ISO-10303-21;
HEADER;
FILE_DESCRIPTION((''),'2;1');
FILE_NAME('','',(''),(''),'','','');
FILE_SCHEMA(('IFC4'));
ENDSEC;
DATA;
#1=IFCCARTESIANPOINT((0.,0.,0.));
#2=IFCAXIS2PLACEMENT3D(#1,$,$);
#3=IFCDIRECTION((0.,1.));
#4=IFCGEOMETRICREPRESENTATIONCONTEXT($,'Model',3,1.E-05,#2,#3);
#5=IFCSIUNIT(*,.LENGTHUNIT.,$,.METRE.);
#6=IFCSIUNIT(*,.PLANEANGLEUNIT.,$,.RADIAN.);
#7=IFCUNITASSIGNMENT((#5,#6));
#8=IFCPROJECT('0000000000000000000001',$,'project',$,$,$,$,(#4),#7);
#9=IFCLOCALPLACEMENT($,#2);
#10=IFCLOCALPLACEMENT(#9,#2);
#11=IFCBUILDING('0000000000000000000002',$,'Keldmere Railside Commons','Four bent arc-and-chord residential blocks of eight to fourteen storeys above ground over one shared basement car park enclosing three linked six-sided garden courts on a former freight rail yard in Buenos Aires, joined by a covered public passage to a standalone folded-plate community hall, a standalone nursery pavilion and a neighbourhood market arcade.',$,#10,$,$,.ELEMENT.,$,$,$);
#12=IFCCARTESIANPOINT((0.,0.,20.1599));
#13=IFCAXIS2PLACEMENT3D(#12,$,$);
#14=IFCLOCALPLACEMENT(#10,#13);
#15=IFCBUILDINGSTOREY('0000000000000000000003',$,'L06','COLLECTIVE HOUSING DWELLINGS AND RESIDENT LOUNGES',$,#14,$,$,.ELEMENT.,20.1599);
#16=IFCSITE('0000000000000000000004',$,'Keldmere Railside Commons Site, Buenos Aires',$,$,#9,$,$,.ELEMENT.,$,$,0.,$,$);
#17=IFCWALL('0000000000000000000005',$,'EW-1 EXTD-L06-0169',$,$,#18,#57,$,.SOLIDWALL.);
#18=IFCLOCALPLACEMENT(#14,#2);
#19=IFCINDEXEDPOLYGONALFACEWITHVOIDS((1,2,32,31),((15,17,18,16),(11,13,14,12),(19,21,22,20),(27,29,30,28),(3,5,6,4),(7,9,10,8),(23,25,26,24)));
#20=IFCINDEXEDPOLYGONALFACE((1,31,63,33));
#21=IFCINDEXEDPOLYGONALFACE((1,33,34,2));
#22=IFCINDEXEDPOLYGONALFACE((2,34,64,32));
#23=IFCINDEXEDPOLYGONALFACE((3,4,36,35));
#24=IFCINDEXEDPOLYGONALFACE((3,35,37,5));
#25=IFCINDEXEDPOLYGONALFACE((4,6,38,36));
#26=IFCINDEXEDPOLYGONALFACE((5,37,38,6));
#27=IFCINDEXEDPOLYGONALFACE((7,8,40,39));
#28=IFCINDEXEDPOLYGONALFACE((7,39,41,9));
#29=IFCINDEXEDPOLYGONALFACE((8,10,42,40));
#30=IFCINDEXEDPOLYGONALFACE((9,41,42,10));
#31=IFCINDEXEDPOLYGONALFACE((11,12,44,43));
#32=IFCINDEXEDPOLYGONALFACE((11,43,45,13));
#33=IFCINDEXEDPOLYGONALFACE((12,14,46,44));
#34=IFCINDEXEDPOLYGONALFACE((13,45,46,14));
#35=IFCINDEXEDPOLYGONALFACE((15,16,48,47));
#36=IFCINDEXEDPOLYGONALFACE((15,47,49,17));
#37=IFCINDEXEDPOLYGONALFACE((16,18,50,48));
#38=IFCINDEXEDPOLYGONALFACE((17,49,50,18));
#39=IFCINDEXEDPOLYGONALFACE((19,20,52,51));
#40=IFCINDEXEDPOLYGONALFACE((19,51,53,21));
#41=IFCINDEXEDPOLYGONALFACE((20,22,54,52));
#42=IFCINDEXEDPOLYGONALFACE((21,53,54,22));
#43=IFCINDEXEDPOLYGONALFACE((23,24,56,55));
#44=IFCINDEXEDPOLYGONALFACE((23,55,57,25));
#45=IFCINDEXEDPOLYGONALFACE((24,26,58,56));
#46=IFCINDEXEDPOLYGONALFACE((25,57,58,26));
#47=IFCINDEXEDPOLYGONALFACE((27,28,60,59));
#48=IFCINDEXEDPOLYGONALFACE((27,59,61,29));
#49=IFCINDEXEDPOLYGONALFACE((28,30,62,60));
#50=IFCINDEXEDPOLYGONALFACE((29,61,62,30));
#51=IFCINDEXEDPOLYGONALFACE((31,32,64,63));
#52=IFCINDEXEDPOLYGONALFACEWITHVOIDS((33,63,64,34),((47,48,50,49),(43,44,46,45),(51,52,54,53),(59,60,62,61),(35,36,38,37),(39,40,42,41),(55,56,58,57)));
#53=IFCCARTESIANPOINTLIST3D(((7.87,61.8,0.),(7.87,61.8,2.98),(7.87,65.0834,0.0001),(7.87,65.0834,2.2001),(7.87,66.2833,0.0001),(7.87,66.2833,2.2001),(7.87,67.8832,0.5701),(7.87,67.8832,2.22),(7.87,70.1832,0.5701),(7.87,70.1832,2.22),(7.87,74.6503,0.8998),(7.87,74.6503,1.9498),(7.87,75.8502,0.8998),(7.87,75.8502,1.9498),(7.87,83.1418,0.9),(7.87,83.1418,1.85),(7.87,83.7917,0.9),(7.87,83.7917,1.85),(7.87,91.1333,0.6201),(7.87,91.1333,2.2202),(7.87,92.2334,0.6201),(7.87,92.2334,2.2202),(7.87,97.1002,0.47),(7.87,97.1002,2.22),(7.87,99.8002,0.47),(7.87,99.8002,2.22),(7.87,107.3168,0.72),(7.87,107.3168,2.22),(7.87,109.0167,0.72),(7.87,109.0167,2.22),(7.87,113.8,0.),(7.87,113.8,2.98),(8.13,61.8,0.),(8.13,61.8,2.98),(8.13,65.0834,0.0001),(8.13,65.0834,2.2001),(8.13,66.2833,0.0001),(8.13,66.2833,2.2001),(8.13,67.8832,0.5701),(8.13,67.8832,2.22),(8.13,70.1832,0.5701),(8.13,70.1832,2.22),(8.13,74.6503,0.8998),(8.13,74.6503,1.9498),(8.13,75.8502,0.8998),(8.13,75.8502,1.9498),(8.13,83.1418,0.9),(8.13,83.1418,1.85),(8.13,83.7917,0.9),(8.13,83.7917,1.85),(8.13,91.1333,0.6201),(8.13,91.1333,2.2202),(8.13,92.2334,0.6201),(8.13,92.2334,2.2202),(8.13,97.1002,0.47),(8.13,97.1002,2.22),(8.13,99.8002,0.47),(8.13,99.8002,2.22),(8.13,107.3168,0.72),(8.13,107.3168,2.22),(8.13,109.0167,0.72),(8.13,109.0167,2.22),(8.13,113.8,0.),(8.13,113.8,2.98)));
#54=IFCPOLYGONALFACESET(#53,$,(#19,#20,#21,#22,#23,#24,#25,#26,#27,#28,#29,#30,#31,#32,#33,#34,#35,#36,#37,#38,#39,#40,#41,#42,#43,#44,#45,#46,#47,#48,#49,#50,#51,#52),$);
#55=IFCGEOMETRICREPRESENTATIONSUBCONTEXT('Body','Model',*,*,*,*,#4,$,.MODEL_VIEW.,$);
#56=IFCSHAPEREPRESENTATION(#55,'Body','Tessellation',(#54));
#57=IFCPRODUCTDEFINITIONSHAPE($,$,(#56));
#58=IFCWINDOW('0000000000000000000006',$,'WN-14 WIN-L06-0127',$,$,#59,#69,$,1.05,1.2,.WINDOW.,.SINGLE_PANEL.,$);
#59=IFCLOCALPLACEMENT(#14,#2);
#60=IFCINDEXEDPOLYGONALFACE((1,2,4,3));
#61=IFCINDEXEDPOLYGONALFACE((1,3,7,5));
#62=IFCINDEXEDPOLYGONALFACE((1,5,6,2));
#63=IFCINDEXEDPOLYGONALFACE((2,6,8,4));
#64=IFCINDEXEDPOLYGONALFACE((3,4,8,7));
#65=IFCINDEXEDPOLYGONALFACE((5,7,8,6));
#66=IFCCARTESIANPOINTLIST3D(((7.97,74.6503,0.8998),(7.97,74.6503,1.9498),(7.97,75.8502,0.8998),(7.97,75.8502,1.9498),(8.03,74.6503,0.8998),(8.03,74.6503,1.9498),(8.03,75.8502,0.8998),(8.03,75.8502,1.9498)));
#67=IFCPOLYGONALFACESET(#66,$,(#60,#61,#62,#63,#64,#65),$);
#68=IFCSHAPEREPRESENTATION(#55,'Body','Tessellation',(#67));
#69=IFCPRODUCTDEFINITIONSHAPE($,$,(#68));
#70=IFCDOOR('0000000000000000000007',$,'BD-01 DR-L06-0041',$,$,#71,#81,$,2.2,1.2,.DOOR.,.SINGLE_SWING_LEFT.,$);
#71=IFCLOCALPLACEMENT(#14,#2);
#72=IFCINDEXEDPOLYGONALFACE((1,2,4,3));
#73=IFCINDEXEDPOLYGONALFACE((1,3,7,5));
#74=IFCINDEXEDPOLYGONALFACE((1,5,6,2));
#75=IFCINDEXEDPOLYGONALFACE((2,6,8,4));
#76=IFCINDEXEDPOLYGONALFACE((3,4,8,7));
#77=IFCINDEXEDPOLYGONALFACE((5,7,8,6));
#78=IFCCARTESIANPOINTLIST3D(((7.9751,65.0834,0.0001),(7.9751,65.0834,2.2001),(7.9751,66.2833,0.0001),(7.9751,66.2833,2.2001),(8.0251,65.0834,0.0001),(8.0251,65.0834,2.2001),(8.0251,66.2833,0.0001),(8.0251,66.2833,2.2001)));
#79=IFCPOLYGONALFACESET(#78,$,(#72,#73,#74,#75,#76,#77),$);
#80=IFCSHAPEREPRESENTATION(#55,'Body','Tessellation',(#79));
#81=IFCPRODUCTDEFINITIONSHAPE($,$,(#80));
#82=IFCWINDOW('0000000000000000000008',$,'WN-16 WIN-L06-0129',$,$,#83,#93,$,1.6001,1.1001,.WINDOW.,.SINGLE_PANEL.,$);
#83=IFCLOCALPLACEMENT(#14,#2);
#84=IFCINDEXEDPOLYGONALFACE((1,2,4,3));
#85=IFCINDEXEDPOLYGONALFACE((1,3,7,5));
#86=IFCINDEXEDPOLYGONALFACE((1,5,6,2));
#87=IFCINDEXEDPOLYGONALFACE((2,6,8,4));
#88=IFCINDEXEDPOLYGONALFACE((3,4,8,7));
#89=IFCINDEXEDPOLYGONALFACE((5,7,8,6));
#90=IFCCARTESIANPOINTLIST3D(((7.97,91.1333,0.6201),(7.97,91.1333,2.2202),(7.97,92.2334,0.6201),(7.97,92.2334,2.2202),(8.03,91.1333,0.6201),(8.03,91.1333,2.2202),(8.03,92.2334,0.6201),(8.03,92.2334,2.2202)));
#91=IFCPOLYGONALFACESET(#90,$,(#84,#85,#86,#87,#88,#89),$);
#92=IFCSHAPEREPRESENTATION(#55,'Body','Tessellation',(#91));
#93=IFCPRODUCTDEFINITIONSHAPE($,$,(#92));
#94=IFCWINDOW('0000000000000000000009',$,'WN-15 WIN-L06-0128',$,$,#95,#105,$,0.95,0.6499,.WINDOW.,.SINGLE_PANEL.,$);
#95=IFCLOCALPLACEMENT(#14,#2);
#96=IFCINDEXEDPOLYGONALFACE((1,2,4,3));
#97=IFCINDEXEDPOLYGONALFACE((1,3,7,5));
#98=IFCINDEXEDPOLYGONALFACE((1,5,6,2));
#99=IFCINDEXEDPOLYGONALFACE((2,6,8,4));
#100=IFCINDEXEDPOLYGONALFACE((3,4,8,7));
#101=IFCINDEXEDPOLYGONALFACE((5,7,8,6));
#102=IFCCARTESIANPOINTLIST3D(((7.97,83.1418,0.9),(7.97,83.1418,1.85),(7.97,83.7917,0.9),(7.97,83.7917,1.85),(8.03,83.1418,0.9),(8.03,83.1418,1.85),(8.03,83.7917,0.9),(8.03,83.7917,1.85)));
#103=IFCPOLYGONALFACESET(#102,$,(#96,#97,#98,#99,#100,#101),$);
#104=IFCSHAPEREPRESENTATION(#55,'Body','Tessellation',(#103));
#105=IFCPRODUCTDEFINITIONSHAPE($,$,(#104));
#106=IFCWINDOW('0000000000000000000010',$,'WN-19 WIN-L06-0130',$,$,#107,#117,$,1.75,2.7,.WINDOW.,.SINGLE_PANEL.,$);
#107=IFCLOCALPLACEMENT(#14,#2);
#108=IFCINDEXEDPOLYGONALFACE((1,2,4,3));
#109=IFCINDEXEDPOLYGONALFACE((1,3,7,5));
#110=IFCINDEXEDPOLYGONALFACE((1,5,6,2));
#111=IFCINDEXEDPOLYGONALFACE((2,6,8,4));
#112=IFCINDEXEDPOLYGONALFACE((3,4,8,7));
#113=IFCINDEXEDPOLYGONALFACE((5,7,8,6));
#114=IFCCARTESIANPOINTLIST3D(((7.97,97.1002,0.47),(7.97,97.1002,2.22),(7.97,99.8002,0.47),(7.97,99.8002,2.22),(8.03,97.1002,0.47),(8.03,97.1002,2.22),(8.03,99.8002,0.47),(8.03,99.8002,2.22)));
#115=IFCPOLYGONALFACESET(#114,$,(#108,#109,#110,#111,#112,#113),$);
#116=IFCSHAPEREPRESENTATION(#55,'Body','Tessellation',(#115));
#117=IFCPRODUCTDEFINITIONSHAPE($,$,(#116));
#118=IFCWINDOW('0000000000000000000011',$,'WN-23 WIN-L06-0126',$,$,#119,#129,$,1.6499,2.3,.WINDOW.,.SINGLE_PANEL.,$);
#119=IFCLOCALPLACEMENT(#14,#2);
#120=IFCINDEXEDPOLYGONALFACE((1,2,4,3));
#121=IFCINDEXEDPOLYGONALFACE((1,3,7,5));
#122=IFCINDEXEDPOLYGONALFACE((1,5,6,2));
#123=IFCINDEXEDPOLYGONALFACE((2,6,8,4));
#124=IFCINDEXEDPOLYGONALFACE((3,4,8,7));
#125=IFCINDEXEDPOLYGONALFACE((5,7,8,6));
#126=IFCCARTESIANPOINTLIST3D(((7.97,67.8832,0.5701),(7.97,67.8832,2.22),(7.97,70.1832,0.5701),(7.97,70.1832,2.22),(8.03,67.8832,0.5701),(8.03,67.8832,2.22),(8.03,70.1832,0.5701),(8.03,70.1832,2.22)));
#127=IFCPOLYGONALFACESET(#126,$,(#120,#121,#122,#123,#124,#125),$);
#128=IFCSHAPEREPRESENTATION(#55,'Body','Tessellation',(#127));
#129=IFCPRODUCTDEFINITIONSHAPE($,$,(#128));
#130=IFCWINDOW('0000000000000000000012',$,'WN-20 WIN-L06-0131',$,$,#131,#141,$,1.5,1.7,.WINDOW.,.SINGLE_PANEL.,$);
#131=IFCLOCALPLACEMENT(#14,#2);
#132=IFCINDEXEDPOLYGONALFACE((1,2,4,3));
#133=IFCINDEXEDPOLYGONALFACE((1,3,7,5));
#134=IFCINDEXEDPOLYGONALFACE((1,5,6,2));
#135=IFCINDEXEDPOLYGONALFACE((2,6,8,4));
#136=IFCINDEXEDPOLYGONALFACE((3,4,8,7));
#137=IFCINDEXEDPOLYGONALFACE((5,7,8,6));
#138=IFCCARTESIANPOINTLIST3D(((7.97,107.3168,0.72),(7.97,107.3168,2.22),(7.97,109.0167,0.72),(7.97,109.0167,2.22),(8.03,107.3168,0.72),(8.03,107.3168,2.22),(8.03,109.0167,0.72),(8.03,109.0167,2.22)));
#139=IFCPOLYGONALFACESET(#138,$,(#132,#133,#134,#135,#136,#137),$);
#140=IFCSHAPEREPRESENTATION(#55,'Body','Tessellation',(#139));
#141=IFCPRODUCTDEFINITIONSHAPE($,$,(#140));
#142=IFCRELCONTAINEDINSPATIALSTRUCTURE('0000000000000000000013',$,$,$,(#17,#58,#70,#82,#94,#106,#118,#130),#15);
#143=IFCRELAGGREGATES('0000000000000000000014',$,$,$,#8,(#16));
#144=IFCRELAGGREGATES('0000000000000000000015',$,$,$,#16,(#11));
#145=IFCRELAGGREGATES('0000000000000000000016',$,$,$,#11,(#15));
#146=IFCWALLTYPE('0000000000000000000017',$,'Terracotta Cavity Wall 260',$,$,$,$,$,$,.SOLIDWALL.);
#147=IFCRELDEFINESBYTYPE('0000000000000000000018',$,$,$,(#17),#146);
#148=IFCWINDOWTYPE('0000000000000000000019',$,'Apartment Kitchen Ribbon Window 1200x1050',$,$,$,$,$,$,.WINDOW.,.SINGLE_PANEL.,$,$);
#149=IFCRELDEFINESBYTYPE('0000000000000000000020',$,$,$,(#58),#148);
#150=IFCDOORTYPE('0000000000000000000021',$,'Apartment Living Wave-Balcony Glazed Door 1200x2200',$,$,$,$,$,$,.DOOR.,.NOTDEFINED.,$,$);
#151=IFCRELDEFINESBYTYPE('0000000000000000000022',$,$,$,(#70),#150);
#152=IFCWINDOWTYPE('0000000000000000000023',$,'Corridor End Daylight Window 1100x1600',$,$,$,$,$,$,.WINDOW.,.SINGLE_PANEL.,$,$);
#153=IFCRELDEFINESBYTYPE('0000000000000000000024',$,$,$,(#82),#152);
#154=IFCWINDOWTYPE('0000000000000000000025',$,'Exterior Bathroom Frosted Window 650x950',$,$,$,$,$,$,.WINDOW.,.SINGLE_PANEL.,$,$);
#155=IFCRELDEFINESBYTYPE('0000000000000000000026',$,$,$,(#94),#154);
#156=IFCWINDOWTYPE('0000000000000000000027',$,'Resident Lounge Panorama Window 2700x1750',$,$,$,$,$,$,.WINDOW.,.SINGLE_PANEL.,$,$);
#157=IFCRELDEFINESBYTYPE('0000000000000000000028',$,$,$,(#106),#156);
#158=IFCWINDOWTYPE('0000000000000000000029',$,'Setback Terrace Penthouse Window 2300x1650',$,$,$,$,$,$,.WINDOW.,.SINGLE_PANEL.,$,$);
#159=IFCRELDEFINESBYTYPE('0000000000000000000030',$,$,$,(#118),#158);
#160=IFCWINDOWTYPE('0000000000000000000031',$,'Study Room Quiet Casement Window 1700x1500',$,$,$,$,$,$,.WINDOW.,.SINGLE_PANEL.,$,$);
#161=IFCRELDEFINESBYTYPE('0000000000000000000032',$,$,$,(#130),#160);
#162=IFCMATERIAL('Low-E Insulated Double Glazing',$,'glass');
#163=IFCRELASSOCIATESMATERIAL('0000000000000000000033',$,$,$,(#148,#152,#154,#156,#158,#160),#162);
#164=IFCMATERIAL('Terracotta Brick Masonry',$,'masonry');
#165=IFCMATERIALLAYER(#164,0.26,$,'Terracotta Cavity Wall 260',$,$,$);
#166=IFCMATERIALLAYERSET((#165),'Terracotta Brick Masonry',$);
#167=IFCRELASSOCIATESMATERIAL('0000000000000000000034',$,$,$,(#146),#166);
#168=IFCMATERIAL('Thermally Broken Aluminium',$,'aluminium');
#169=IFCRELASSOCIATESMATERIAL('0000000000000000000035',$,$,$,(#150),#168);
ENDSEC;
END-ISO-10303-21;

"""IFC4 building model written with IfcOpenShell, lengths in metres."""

from ifc_helpers import new_model, si_unit, direction, frame, frame_2d, origin, place, context, subcontext, project, spatial, rectangle, extrude, material, layer, layer_set, type_object, element, fill, save


model = new_model("IFC4")

# Units and contexts
model_context = context("Model", 3, precision=1e-05, world=origin(), true_north=direction((0.0, 1.0)))
body_context = subcontext(model_context, "Body", "Model", "MODEL_VIEW")
ifc_project = project(units=[si_unit("LENGTHUNIT", "METRE"), si_unit("PLANEANGLEUNIT", "RADIAN")], contexts=[model_context])

# Site, building, storey
site_placement = place(None, origin())
site = spatial("IfcSite", under=ifc_project, at=site_placement, Name="Keldmere Railside Commons Site, Buenos Aires", CompositionType="ELEMENT", RefElevation=0.0)
building_placement = place(site_placement, origin())
building = spatial("IfcBuilding", under=site, at=building_placement, Name="Keldmere Railside Commons", Description="Four bent arc-and-chord residential blocks of eight to fourteen storeys above ground over one shared basement car park enclosing three linked six-sided garden courts on a former freight rail yard in Buenos Aires, joined by a covered public passage to a standalone folded-plate community hall, a standalone nursery pavilion and a neighbourhood market arcade.", CompositionType="ELEMENT")
storey_placement = place(building_placement, frame((0.0, 0.0, 20.1599)))
storey = spatial("IfcBuildingStorey", under=building, at=storey_placement, Name="L06", Description="COLLECTIVE HOUSING DWELLINGS AND RESIDENT LOUNGES", CompositionType="ELEMENT", Elevation=20.1599)

# Shared definitions
ifc_material_1 = material(Name="Low-E Insulated Double Glazing", Category="glass")
window_type_1 = type_object("IfcWindowType", Name="Apartment Kitchen Ribbon Window 1200x1050", PartitioningType="SINGLE_PANEL", PredefinedType="WINDOW", material=ifc_material_1)
ifc_material_2 = material(Name="Thermally Broken Aluminium", Category="aluminium")

# Wall, openings, windows, door
ifc_material_3 = material(Name="Terracotta Brick Masonry", Category="masonry")
ifc_layer_1 = layer(ifc_material_3, 0.26, Name="Terracotta Cavity Wall 260")
ifc_layer_set_1 = layer_set([ifc_layer_1], Name="Terracotta Brick Masonry")
wall_type_1 = type_object("IfcWallType", Name="Terracotta Cavity Wall 260", PredefinedType="SOLIDWALL", material=ifc_layer_set_1)
wall_1_placement = place(storey_placement, frame((8.0, 61.8, 0.0), z_axis=(0.0, 0.0, 1.0), x_axis=(0.0, 1.0, 0.0)))
wall_1 = element("IfcWall", 1, at=wall_1_placement, inside=storey, type_object=wall_type_1, Name="EW-1 EXTD-L06-0169", PredefinedType="SOLIDWALL", context=body_context, shape_type="SweptSolid", body=[
    extrude(rectangle(XDim=52.0, YDim=0.26, at=frame_2d((26.0, 0.0))), origin(), (0.0, 0.0, 1.0), 2.98),
])
opening_1_placement = place(wall_1_placement, frame((3.2832, 0.0, 0.0)))
opening_1 = element("IfcOpeningElement", 2, at=opening_1_placement, cuts=wall_1, PredefinedType="OPENING", context=body_context, shape_type="SweptSolid", body=[
    extrude(rectangle(XDim=1.2, YDim=2.2, at=frame_2d((0.6001, 1.1001))), frame((0.0, 0.1399, 0.0), z_axis=(0.0, -1.0, 0.0), x_axis=(1.0, 0.0, 0.0)), (0.0, 0.0, 1.0), 0.28),
])
opening_2_placement = place(wall_1_placement, frame((6.0833, 0.0, 0.5701)))
opening_2 = element("IfcOpeningElement", 3, at=opening_2_placement, cuts=wall_1, PredefinedType="OPENING", context=body_context, shape_type="SweptSolid", body=[
    extrude(rectangle(XDim=2.3, YDim=1.6499, at=frame_2d((1.1499, 0.825))), frame((0.0, 0.1399, 0.0), z_axis=(0.0, -1.0, 0.0), x_axis=(1.0, 0.0, 0.0)), (0.0, 0.0, 1.0), 0.28),
])
opening_3_placement = place(wall_1_placement, frame((12.8501, 0.0, 0.8999)))
opening_3 = element("IfcOpeningElement", 4, at=opening_3_placement, cuts=wall_1, PredefinedType="OPENING", context=body_context, shape_type="SweptSolid", body=[
    extrude(rectangle(XDim=1.2, YDim=1.05, at=frame_2d((0.6001, 0.5249))), frame((0.0, 0.1399, 0.0), z_axis=(0.0, -1.0, 0.0), x_axis=(1.0, 0.0, 0.0)), (0.0, 0.0, 1.0), 0.28),
])
opening_4_placement = place(wall_1_placement, frame((21.3418, 0.0, 0.8999)))
opening_4 = element("IfcOpeningElement", 5, at=opening_4_placement, cuts=wall_1, PredefinedType="OPENING", context=body_context, shape_type="SweptSolid", body=[
    extrude(rectangle(XDim=0.6499, YDim=0.95, at=frame_2d((0.325, 0.4751))), frame((0.0, 0.1399, 0.0), z_axis=(0.0, -1.0, 0.0), x_axis=(1.0, 0.0, 0.0)), (0.0, 0.0, 1.0), 0.28),
])
opening_5_placement = place(wall_1_placement, frame((29.3333, 0.0, 0.6201)))
opening_5 = element("IfcOpeningElement", 6, at=opening_5_placement, cuts=wall_1, PredefinedType="OPENING", context=body_context, shape_type="SweptSolid", body=[
    extrude(rectangle(XDim=1.1001, YDim=1.6001, at=frame_2d((0.55, 0.8))), frame((0.0, 0.1399, 0.0), z_axis=(0.0, -1.0, 0.0), x_axis=(1.0, 0.0, 0.0)), (0.0, 0.0, 1.0), 0.28),
])
opening_6_placement = place(wall_1_placement, frame((35.3, 0.0, 0.47)))
opening_6 = element("IfcOpeningElement", 7, at=opening_6_placement, cuts=wall_1, PredefinedType="OPENING", context=body_context, shape_type="SweptSolid", body=[
    extrude(rectangle(XDim=2.7, YDim=1.75, at=frame_2d((1.3501, 0.875))), frame((0.0, 0.1399, 0.0), z_axis=(0.0, -1.0, 0.0), x_axis=(1.0, 0.0, 0.0)), (0.0, 0.0, 1.0), 0.28),
])
opening_7_placement = place(wall_1_placement, frame((45.5166, 0.0, 0.72)))
opening_7 = element("IfcOpeningElement", 8, at=opening_7_placement, cuts=wall_1, PredefinedType="OPENING", context=body_context, shape_type="SweptSolid", body=[
    extrude(rectangle(XDim=1.7, YDim=1.5, at=frame_2d((0.8501, 0.75))), frame((0.0, 0.1399, 0.0), z_axis=(0.0, -1.0, 0.0), x_axis=(1.0, 0.0, 0.0)), (0.0, 0.0, 1.0), 0.28),
])
window_1_placement = place(opening_3_placement, origin())
window_1 = element("IfcWindow", 9, at=window_1_placement, inside=storey, type_object=window_type_1, Name="WN-14 WIN-L06-0127", OverallHeight=1.05, OverallWidth=1.2, PartitioningType="SINGLE_PANEL", PredefinedType="WINDOW", context=body_context, shape_type="SweptSolid", body=[
    extrude(rectangle(XDim=1.2, YDim=1.05, at=frame_2d((0.6001, 0.5249))), frame((0.0, 0.03, 0.0), z_axis=(0.0, -1.0, 0.0), x_axis=(1.0, 0.0, 0.0)), (0.0, 0.0, 1.0), 0.0601),
])
fill(opening_3, window_1)
door_type_1 = type_object("IfcDoorType", Name="Apartment Living Wave-Balcony Glazed Door 1200x2200", OperationType="NOTDEFINED", PredefinedType="DOOR", material=ifc_material_2)
door_1_placement = place(opening_1_placement, origin())
door_1 = element("IfcDoor", 10, at=door_1_placement, inside=storey, type_object=door_type_1, Name="BD-01 DR-L06-0041", OperationType="SINGLE_SWING_LEFT", OverallHeight=2.2, OverallWidth=1.2, PredefinedType="DOOR", context=body_context, shape_type="SweptSolid", body=[
    extrude(rectangle(XDim=1.2, YDim=2.2, at=frame_2d((0.6001, 1.1001))), frame((0.0, 0.0249, 0.0), z_axis=(0.0, -1.0, 0.0), x_axis=(1.0, 0.0, 0.0)), (0.0, 0.0, 1.0), 0.05),
])
fill(opening_1, door_1)
window_type_2 = type_object("IfcWindowType", Name="Corridor End Daylight Window 1100x1600", PartitioningType="SINGLE_PANEL", PredefinedType="WINDOW", material=ifc_material_1)
window_2_placement = place(opening_5_placement, origin())
window_2 = element("IfcWindow", 11, at=window_2_placement, inside=storey, type_object=window_type_2, Name="WN-16 WIN-L06-0129", OverallHeight=1.6001, OverallWidth=1.1001, PartitioningType="SINGLE_PANEL", PredefinedType="WINDOW", context=body_context, shape_type="SweptSolid", body=[
    extrude(rectangle(XDim=1.1001, YDim=1.6001, at=frame_2d((0.55, 0.8))), frame((0.0, 0.03, 0.0), z_axis=(0.0, -1.0, 0.0), x_axis=(1.0, 0.0, 0.0)), (0.0, 0.0, 1.0), 0.0601),
])
fill(opening_5, window_2)
window_type_3 = type_object("IfcWindowType", Name="Exterior Bathroom Frosted Window 650x950", PartitioningType="SINGLE_PANEL", PredefinedType="WINDOW", material=ifc_material_1)
window_3_placement = place(opening_4_placement, origin())
window_3 = element("IfcWindow", 12, at=window_3_placement, inside=storey, type_object=window_type_3, Name="WN-15 WIN-L06-0128", OverallHeight=0.95, OverallWidth=0.6499, PartitioningType="SINGLE_PANEL", PredefinedType="WINDOW", context=body_context, shape_type="SweptSolid", body=[
    extrude(rectangle(XDim=0.6499, YDim=0.95, at=frame_2d((0.325, 0.4751))), frame((0.0, 0.03, 0.0), z_axis=(0.0, -1.0, 0.0), x_axis=(1.0, 0.0, 0.0)), (0.0, 0.0, 1.0), 0.0601),
])
fill(opening_4, window_3)
window_type_4 = type_object("IfcWindowType", Name="Resident Lounge Panorama Window 2700x1750", PartitioningType="SINGLE_PANEL", PredefinedType="WINDOW", material=ifc_material_1)
window_4_placement = place(opening_6_placement, origin())
window_4 = element("IfcWindow", 13, at=window_4_placement, inside=storey, type_object=window_type_4, Name="WN-19 WIN-L06-0130", OverallHeight=1.75, OverallWidth=2.7, PartitioningType="SINGLE_PANEL", PredefinedType="WINDOW", context=body_context, shape_type="SweptSolid", body=[
    extrude(rectangle(XDim=2.7, YDim=1.75, at=frame_2d((1.3501, 0.875))), frame((0.0, 0.03, 0.0), z_axis=(0.0, -1.0, 0.0), x_axis=(1.0, 0.0, 0.0)), (0.0, 0.0, 1.0), 0.0601),
])
fill(opening_6, window_4)
window_type_5 = type_object("IfcWindowType", Name="Setback Terrace Penthouse Window 2300x1650", PartitioningType="SINGLE_PANEL", PredefinedType="WINDOW", material=ifc_material_1)
window_5_placement = place(opening_2_placement, origin())
window_5 = element("IfcWindow", 14, at=window_5_placement, inside=storey, type_object=window_type_5, Name="WN-23 WIN-L06-0126", OverallHeight=1.6499, OverallWidth=2.3, PartitioningType="SINGLE_PANEL", PredefinedType="WINDOW", context=body_context, shape_type="SweptSolid", body=[
    extrude(rectangle(XDim=2.3, YDim=1.6499, at=frame_2d((1.1499, 0.825))), frame((0.0, 0.03, 0.0), z_axis=(0.0, -1.0, 0.0), x_axis=(1.0, 0.0, 0.0)), (0.0, 0.0, 1.0), 0.0601),
])
fill(opening_2, window_5)
window_type_6 = type_object("IfcWindowType", Name="Study Room Quiet Casement Window 1700x1500", PartitioningType="SINGLE_PANEL", PredefinedType="WINDOW", material=ifc_material_1)
window_6_placement = place(opening_7_placement, origin())
window_6 = element("IfcWindow", 15, at=window_6_placement, inside=storey, type_object=window_type_6, Name="WN-20 WIN-L06-0131", OverallHeight=1.5, OverallWidth=1.7, PartitioningType="SINGLE_PANEL", PredefinedType="WINDOW", context=body_context, shape_type="SweptSolid", body=[
    extrude(rectangle(XDim=1.7, YDim=1.5, at=frame_2d((0.8501, 0.75))), frame((0.0, 0.03, 0.0), z_axis=(0.0, -1.0, 0.0), x_axis=(1.0, 0.0, 0.0)), (0.0, 0.0, 1.0), 0.0601),
])
fill(opening_7, window_6)

save(model, "model.ifc")
